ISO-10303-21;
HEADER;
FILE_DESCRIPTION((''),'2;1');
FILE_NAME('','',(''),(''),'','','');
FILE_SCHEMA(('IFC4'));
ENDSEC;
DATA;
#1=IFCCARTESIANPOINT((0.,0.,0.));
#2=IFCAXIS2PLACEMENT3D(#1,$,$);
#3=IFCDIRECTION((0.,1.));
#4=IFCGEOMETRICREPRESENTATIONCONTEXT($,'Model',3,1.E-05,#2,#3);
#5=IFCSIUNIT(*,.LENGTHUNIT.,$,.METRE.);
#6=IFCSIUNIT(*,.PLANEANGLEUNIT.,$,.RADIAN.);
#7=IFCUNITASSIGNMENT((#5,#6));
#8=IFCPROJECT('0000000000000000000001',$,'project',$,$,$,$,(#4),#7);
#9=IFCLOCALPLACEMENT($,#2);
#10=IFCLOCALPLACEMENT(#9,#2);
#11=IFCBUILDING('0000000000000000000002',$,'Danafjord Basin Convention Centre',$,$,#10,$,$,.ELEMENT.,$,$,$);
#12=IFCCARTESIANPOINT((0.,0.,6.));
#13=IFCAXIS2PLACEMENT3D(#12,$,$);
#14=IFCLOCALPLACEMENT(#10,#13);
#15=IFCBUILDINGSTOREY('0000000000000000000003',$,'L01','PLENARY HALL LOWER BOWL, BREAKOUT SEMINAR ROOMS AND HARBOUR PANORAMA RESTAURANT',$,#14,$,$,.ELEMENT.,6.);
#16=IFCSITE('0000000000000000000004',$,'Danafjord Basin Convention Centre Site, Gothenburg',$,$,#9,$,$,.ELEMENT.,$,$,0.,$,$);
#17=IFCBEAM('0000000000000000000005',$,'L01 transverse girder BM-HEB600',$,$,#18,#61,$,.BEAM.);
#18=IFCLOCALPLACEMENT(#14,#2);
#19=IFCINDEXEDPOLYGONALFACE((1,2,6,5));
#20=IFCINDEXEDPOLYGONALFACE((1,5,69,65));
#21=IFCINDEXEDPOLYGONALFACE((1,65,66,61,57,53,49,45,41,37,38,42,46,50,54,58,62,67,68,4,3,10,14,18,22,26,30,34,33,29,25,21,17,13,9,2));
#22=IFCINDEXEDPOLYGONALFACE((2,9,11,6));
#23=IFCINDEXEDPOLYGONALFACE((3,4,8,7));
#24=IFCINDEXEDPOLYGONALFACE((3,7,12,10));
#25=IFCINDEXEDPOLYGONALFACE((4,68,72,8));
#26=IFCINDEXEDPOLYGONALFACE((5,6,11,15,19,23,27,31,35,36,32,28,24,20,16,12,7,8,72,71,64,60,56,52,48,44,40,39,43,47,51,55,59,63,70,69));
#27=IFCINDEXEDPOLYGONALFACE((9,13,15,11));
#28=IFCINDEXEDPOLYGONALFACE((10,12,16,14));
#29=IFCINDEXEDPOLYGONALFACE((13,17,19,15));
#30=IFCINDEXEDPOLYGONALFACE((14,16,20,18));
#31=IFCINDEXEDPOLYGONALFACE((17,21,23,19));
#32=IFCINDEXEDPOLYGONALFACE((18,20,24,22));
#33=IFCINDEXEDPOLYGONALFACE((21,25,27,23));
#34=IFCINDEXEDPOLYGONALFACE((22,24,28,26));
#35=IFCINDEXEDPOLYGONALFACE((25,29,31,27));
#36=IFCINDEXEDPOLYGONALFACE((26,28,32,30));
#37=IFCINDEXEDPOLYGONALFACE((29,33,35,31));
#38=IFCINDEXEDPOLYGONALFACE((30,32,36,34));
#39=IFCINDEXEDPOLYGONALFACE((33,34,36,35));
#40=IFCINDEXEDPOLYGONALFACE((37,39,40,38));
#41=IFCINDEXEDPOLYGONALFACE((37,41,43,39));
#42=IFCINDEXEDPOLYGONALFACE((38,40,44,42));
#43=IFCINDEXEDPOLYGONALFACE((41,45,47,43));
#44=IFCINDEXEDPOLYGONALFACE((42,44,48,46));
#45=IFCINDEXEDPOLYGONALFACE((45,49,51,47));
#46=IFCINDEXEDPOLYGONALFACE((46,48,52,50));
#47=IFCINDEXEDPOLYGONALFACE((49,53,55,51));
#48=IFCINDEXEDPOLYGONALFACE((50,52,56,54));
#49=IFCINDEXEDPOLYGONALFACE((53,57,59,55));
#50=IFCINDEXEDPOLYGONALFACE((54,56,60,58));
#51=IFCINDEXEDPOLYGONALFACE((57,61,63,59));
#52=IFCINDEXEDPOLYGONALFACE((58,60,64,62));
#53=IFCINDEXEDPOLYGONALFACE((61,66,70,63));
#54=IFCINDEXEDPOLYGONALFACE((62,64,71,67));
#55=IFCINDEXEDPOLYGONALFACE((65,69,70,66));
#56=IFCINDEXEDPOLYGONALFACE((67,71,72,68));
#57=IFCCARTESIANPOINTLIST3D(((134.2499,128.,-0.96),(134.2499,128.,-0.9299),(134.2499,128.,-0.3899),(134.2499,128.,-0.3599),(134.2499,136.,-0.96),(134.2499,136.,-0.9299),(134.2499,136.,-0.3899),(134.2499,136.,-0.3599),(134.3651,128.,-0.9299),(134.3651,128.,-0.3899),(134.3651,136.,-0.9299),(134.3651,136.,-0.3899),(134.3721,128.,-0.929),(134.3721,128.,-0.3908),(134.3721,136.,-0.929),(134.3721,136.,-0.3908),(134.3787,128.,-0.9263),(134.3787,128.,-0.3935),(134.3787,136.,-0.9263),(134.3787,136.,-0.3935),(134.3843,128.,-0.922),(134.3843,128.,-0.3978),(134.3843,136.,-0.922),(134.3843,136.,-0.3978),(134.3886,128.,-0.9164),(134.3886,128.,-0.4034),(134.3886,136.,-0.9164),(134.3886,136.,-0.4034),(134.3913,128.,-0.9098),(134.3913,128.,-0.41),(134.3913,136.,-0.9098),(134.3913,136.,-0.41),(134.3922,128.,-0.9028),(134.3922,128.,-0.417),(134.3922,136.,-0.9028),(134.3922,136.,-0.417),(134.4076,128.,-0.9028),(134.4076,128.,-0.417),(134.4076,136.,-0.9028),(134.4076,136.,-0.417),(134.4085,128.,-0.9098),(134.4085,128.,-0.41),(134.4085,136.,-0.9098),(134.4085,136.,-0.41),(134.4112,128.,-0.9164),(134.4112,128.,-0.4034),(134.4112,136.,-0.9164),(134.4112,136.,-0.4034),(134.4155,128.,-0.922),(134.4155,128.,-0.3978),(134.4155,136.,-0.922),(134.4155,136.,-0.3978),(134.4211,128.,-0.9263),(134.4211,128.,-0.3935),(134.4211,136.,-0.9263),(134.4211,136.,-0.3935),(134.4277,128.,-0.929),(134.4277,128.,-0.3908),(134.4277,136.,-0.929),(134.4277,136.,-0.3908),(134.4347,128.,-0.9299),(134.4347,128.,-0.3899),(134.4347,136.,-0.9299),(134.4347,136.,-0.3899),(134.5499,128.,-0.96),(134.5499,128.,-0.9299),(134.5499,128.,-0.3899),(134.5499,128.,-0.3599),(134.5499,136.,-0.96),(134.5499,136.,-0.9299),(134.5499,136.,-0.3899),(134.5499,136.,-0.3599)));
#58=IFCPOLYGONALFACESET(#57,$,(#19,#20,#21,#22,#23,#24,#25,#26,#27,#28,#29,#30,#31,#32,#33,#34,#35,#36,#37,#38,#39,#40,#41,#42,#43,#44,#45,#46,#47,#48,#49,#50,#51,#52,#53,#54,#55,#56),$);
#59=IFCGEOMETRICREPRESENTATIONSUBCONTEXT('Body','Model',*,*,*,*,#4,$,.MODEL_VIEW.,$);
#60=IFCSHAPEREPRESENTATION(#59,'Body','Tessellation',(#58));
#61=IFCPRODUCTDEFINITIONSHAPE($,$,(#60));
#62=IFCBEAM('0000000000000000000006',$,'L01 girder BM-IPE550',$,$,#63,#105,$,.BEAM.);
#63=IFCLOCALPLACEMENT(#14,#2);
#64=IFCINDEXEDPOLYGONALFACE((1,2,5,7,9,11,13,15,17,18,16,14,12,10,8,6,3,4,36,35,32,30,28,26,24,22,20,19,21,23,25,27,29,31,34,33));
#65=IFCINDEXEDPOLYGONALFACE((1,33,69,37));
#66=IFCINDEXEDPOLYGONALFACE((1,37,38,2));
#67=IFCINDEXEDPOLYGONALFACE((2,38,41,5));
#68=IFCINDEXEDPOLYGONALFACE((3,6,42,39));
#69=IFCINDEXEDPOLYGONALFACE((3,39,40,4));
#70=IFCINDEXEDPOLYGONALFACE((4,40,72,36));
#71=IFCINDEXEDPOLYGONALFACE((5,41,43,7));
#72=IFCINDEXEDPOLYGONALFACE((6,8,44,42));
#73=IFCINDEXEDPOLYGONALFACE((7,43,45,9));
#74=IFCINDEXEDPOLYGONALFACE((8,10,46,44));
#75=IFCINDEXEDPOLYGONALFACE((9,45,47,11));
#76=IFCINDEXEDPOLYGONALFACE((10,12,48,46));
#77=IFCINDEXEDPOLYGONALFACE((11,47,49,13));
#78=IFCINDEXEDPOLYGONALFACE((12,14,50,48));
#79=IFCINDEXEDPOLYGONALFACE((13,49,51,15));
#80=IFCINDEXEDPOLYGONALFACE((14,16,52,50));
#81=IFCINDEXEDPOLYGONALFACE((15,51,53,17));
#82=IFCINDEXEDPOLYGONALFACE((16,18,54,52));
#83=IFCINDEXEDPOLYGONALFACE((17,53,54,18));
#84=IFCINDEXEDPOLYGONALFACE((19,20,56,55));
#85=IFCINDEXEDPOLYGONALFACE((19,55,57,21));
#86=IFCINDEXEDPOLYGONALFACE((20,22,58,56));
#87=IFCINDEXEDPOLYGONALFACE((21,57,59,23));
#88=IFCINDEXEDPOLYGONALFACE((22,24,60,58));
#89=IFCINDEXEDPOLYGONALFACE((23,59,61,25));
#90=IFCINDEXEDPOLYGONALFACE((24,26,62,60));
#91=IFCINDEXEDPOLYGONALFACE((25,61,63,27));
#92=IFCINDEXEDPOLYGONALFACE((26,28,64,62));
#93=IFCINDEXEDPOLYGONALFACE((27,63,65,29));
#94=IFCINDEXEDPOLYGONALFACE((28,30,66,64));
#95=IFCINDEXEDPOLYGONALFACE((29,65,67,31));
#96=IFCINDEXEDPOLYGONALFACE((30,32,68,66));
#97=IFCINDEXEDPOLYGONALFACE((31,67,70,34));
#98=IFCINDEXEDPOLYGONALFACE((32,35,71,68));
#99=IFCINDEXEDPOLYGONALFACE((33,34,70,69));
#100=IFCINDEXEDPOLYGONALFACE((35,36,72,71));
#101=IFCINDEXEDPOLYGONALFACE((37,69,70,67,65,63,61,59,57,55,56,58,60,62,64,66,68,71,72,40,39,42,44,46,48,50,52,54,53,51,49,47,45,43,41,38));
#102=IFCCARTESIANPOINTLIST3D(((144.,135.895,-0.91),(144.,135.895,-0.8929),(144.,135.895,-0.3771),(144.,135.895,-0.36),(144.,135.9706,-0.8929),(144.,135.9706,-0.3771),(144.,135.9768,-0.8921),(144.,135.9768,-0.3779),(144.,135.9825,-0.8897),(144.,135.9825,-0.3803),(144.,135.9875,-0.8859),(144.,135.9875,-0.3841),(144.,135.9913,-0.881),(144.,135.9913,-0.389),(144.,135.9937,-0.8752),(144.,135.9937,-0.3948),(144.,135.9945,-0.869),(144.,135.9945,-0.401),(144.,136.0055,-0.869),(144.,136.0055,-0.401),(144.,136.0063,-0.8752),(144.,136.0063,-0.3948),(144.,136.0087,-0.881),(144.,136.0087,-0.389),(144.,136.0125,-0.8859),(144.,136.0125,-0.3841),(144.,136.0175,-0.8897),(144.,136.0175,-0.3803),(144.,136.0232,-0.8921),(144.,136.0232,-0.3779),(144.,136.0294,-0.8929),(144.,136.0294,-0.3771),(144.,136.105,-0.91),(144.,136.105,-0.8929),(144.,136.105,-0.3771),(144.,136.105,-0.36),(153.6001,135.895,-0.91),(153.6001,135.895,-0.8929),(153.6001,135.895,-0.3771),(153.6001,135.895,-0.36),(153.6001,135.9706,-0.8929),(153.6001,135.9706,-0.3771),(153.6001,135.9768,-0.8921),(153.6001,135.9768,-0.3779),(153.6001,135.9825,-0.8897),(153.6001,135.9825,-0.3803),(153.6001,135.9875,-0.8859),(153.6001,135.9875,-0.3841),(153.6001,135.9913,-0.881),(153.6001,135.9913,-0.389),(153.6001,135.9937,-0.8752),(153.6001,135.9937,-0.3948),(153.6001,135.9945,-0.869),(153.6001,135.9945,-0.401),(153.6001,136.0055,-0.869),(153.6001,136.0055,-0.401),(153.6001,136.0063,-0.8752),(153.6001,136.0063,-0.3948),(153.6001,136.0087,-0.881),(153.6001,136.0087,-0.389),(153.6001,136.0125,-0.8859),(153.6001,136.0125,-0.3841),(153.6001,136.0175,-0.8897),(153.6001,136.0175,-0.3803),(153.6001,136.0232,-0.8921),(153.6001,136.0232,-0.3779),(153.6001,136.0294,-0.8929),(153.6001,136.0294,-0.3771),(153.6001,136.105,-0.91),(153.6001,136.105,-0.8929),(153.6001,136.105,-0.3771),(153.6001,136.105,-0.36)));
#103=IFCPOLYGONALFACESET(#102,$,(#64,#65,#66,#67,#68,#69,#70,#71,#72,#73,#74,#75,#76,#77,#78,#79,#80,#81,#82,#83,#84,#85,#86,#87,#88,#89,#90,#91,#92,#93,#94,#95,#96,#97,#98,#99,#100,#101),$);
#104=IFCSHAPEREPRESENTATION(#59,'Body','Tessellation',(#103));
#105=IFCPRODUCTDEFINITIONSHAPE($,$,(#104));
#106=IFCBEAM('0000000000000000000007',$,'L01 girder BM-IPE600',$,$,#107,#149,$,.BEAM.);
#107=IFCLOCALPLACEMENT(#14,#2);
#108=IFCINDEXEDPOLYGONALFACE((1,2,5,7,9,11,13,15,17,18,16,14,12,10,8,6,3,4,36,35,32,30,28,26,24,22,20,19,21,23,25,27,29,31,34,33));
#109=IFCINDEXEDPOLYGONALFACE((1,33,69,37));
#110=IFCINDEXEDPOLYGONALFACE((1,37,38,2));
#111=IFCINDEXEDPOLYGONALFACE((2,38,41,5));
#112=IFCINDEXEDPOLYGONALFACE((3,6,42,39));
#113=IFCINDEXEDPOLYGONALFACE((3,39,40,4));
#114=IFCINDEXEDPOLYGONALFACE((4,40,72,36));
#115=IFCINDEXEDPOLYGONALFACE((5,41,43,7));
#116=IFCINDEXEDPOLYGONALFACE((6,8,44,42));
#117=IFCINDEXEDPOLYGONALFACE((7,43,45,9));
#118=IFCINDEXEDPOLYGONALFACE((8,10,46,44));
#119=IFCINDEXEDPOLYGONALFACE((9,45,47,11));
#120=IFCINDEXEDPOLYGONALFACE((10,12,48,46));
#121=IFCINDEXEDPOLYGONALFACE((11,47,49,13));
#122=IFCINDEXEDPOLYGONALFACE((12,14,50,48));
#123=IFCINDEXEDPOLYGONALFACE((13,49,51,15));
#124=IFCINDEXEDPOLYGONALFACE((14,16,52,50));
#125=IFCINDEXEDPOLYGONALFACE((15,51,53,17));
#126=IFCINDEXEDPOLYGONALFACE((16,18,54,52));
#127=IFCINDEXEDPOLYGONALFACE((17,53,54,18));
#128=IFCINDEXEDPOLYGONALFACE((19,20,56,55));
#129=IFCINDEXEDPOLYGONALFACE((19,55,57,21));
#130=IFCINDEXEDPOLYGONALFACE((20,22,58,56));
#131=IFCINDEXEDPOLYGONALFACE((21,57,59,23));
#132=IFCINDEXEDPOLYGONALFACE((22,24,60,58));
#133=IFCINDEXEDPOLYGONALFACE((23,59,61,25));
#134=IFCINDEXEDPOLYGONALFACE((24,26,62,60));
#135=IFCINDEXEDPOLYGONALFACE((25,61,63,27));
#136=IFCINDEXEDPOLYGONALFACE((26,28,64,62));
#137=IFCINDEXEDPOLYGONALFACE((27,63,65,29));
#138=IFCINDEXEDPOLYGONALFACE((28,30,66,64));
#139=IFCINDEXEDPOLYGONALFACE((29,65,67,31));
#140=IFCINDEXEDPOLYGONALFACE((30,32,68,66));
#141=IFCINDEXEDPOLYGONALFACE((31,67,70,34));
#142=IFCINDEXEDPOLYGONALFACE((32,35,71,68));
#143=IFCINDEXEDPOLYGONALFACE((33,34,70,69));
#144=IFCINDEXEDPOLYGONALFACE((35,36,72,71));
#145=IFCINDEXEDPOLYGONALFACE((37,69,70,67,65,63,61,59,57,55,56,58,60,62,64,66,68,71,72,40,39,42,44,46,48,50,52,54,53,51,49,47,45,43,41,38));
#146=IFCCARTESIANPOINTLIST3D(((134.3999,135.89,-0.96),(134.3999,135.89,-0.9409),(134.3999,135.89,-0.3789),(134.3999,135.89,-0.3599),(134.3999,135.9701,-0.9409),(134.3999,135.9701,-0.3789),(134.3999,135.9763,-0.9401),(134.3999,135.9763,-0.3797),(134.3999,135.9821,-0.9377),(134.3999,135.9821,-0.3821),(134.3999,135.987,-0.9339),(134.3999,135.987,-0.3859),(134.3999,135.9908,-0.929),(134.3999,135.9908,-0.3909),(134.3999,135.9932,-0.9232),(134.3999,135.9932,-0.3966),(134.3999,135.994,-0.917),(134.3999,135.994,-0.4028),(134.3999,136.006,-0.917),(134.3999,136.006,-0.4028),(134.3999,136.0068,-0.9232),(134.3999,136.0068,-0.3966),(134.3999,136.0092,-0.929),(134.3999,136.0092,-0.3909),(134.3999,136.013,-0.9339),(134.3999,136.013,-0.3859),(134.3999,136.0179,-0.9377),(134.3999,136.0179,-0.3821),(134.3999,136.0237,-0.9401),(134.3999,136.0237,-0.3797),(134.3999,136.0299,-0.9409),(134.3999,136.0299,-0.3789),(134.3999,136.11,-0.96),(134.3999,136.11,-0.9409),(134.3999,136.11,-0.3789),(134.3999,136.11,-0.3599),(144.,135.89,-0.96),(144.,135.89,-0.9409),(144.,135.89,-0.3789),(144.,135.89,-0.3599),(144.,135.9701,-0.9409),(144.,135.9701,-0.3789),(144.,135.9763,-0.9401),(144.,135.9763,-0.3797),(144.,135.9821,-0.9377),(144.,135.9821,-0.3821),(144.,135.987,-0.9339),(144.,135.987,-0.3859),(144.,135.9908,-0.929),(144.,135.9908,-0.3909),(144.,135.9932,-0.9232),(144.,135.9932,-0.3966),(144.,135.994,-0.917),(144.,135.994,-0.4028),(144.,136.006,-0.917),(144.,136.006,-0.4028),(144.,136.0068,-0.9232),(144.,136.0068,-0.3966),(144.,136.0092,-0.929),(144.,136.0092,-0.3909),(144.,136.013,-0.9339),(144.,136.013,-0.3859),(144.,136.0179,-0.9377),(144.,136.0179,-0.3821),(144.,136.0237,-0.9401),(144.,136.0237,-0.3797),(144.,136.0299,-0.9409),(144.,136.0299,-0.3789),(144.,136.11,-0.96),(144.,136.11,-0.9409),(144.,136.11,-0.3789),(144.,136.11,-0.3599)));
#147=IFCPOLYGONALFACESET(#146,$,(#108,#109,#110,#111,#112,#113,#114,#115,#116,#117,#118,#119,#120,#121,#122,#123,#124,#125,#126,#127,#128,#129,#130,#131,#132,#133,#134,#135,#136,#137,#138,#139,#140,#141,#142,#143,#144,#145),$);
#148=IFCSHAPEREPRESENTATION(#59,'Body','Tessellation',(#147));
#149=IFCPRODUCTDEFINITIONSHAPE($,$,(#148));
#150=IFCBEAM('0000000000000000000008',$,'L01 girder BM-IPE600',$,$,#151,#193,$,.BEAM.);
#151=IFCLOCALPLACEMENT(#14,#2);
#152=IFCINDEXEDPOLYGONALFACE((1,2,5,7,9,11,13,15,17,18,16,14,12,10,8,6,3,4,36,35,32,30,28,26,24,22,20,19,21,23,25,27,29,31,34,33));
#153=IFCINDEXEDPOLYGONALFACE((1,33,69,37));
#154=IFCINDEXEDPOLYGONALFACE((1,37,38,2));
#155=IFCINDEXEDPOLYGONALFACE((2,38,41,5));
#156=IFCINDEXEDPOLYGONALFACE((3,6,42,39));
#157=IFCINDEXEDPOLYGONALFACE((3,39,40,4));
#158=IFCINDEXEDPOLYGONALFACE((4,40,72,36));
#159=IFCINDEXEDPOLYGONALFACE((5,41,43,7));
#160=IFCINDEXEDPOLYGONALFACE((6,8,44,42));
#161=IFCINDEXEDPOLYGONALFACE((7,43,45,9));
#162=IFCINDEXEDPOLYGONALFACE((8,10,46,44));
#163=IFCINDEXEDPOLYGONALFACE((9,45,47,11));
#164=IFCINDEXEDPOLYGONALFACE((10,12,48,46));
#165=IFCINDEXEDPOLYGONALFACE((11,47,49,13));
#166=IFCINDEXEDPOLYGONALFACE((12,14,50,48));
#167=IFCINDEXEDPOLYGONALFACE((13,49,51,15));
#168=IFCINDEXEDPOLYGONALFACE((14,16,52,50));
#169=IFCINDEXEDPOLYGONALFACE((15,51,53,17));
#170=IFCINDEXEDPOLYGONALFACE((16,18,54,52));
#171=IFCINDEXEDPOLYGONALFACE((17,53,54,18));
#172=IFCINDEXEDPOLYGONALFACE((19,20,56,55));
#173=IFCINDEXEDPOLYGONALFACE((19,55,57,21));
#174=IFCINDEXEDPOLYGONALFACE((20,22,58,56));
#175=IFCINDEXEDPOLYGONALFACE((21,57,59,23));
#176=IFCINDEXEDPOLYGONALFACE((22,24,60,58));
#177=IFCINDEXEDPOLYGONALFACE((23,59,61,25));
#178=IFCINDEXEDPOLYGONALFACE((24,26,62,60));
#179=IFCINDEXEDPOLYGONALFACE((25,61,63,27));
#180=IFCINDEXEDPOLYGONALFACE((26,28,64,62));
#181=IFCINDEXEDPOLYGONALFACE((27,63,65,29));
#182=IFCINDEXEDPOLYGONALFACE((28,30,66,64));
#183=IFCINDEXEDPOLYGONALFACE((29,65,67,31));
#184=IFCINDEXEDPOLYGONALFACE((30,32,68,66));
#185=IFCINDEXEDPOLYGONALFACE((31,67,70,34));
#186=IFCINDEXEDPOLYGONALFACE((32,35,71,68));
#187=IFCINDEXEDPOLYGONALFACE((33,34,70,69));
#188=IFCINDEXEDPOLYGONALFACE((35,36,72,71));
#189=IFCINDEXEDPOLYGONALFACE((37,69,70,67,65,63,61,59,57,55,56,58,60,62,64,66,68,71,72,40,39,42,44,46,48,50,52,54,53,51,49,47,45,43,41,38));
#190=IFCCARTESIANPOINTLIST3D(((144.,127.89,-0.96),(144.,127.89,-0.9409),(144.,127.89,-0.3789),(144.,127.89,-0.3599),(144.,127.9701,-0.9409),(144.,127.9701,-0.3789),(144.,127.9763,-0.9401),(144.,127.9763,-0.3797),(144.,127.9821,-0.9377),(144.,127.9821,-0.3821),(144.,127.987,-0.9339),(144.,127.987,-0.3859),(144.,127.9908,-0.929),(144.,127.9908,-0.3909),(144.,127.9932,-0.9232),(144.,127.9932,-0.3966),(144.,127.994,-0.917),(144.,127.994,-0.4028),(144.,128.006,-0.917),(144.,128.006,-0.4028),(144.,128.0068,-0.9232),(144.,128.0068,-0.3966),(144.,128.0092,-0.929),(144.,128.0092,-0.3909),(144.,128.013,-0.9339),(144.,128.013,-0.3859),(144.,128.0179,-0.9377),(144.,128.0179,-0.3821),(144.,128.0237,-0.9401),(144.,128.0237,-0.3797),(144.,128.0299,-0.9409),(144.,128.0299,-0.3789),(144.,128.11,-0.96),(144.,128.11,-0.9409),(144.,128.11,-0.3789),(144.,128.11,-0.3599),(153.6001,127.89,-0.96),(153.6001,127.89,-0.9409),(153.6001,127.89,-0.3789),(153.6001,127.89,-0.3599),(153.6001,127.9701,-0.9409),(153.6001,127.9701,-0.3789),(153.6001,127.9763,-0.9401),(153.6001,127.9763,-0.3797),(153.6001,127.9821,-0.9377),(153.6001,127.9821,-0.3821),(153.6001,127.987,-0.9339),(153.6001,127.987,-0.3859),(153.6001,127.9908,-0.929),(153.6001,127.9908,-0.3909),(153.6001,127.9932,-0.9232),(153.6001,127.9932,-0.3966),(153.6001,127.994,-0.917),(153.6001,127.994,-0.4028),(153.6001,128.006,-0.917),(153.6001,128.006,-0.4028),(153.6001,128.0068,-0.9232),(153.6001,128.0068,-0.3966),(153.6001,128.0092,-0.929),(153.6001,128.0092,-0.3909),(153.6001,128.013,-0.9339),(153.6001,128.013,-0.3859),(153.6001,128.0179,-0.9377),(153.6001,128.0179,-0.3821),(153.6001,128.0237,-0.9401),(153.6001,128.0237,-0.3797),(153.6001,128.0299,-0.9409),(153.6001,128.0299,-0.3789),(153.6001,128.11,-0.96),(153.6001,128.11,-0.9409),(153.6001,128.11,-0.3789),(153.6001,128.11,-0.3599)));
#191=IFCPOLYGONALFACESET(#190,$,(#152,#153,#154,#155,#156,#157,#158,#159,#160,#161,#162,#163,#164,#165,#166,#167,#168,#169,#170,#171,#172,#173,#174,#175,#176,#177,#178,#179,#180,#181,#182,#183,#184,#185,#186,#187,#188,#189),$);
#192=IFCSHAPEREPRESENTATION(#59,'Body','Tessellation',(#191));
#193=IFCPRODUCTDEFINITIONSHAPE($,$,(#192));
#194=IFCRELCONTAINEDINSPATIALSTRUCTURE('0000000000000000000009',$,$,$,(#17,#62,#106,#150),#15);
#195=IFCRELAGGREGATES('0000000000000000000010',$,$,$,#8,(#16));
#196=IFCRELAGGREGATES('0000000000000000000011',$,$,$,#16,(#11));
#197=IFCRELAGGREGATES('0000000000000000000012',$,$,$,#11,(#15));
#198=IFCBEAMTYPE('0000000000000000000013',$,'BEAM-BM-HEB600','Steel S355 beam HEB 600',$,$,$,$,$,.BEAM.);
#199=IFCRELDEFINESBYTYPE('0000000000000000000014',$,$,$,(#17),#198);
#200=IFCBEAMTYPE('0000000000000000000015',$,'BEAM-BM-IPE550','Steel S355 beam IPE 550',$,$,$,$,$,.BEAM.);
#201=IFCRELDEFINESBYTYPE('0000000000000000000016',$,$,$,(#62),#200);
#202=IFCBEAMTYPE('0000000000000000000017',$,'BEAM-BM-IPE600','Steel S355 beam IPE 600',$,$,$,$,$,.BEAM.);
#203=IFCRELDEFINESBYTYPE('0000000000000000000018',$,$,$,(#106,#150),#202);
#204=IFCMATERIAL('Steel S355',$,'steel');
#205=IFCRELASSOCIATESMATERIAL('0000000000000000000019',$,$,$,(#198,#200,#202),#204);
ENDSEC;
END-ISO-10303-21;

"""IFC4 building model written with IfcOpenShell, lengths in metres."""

from ifc_helpers import new_model, si_unit, direction, frame, origin, origin_2d, place, context, subcontext, project, spatial, i_section, extrude, material, material_profile, profile_set, type_object, element, save


model = new_model("IFC4")

# Units and contexts
model_context = context("Model", 3, precision=1e-05, world=origin(), true_north=direction((0.0, 1.0)))
body_context = subcontext(model_context, "Body", "Model", "MODEL_VIEW")
ifc_project = project(units=[si_unit("LENGTHUNIT", "METRE"), si_unit("PLANEANGLEUNIT", "RADIAN")], contexts=[model_context])

# Site, building, storey
site_placement = place(None, origin())
site = spatial("IfcSite", under=ifc_project, at=site_placement, Name="Danafjord Basin Convention Centre Site, Gothenburg", CompositionType="ELEMENT", RefElevation=0.0)
building_placement = place(site_placement, origin())
building = spatial("IfcBuilding", under=site, at=building_placement, Name="Danafjord Basin Convention Centre", CompositionType="ELEMENT")
storey_placement = place(building_placement, frame((0.0, 0.0, 6.0)))
storey = spatial("IfcBuildingStorey", under=building, at=storey_placement, Name="L01", Description="PLENARY HALL LOWER BOWL, BREAKOUT SEMINAR ROOMS AND HARBOUR PANORAMA RESTAURANT", CompositionType="ELEMENT", Elevation=6.0)

# Shared definitions
ifc_material_1 = material(Name="Steel S355", Category="steel")

# Beams
ifc_material_profile_1 = material_profile(ifc_material_1, i_section(OverallWidth=0.3, OverallDepth=0.6001, WebThickness=0.0154, FlangeThickness=0.03, FilletRadius=0.0271, at=origin_2d()), Name="HEB 600")
ifc_profile_set_1 = profile_set([ifc_material_profile_1], Name="Steel S355")
beam_type_1 = type_object("IfcBeamType", Name="BEAM-BM-HEB600", Description="Steel S355 beam HEB 600", PredefinedType="BEAM", material=ifc_profile_set_1)
beam_1_placement = place(storey_placement, frame((134.3999, 128.0, -0.6599), z_axis=(0.0, 1.0, 0.0), x_axis=(-1.0, 0.0, 0.0)))
element("IfcBeam", 1, at=beam_1_placement, inside=storey, type_object=beam_type_1, Name="L01 transverse girder BM-HEB600", PredefinedType="BEAM", context=body_context, shape_type="SweptSolid", body=[
    extrude(i_section(OverallWidth=0.3, OverallDepth=0.6001, WebThickness=0.0154, FlangeThickness=0.03, FilletRadius=0.0271, at=origin_2d()), origin(), (0.0, 0.0, 1.0), 8.0),
])
ifc_material_profile_2 = material_profile(ifc_material_1, i_section(OverallWidth=0.21, OverallDepth=0.55, WebThickness=0.011, FlangeThickness=0.0171, FilletRadius=0.0239, at=origin_2d()), Name="IPE 550")
ifc_profile_set_2 = profile_set([ifc_material_profile_2], Name="Steel S355")
beam_type_2 = type_object("IfcBeamType", Name="BEAM-BM-IPE550", Description="Steel S355 beam IPE 550", PredefinedType="BEAM", material=ifc_profile_set_2)
beam_2_placement = place(storey_placement, frame((144.0, 136.0, -0.635), z_axis=(1.0, 0.0, 0.0), x_axis=(0.0, 1.0, 0.0)))
element("IfcBeam", 2, at=beam_2_placement, inside=storey, type_object=beam_type_2, Name="L01 girder BM-IPE550", PredefinedType="BEAM", context=body_context, shape_type="SweptSolid", body=[
    extrude(i_section(OverallWidth=0.21, OverallDepth=0.55, WebThickness=0.011, FlangeThickness=0.0171, FilletRadius=0.0239, at=origin_2d()), origin(), (0.0, 0.0, 1.0), 9.6001),
])
ifc_material_profile_3 = material_profile(ifc_material_1, i_section(OverallWidth=0.22, OverallDepth=0.6001, WebThickness=0.012, FlangeThickness=0.019, FilletRadius=0.0239, at=origin_2d()), Name="IPE 600")
ifc_profile_set_3 = profile_set([ifc_material_profile_3], Name="Steel S355")
beam_type_3 = type_object("IfcBeamType", Name="BEAM-BM-IPE600", Description="Steel S355 beam IPE 600", PredefinedType="BEAM", material=ifc_profile_set_3)
for number, where, z_axis, x_axis, name in (
    (3, (134.3999, 136.0, -0.6599), (1.0, 0.0, 0.0), (0.0, 1.0, 0.0), "L01 girder BM-IPE600"),
    (4, (144.0, 128.0, -0.6599), (1.0, 0.0, 0.0), (0.0, 1.0, 0.0), "L01 girder BM-IPE600"),
):
    element("IfcBeam", number, at=place(storey_placement, frame(where, z_axis=z_axis, x_axis=x_axis)), inside=storey, type_object=beam_type_3, Name=name, PredefinedType="BEAM", context=body_context, shape_type="SweptSolid", body=[
        extrude(i_section(OverallWidth=0.22, OverallDepth=0.6001, WebThickness=0.012, FlangeThickness=0.019, FilletRadius=0.0239, at=origin_2d()), origin(), (0.0, 0.0, 1.0), 9.6001),
    ])

save(model, "model.ifc")
